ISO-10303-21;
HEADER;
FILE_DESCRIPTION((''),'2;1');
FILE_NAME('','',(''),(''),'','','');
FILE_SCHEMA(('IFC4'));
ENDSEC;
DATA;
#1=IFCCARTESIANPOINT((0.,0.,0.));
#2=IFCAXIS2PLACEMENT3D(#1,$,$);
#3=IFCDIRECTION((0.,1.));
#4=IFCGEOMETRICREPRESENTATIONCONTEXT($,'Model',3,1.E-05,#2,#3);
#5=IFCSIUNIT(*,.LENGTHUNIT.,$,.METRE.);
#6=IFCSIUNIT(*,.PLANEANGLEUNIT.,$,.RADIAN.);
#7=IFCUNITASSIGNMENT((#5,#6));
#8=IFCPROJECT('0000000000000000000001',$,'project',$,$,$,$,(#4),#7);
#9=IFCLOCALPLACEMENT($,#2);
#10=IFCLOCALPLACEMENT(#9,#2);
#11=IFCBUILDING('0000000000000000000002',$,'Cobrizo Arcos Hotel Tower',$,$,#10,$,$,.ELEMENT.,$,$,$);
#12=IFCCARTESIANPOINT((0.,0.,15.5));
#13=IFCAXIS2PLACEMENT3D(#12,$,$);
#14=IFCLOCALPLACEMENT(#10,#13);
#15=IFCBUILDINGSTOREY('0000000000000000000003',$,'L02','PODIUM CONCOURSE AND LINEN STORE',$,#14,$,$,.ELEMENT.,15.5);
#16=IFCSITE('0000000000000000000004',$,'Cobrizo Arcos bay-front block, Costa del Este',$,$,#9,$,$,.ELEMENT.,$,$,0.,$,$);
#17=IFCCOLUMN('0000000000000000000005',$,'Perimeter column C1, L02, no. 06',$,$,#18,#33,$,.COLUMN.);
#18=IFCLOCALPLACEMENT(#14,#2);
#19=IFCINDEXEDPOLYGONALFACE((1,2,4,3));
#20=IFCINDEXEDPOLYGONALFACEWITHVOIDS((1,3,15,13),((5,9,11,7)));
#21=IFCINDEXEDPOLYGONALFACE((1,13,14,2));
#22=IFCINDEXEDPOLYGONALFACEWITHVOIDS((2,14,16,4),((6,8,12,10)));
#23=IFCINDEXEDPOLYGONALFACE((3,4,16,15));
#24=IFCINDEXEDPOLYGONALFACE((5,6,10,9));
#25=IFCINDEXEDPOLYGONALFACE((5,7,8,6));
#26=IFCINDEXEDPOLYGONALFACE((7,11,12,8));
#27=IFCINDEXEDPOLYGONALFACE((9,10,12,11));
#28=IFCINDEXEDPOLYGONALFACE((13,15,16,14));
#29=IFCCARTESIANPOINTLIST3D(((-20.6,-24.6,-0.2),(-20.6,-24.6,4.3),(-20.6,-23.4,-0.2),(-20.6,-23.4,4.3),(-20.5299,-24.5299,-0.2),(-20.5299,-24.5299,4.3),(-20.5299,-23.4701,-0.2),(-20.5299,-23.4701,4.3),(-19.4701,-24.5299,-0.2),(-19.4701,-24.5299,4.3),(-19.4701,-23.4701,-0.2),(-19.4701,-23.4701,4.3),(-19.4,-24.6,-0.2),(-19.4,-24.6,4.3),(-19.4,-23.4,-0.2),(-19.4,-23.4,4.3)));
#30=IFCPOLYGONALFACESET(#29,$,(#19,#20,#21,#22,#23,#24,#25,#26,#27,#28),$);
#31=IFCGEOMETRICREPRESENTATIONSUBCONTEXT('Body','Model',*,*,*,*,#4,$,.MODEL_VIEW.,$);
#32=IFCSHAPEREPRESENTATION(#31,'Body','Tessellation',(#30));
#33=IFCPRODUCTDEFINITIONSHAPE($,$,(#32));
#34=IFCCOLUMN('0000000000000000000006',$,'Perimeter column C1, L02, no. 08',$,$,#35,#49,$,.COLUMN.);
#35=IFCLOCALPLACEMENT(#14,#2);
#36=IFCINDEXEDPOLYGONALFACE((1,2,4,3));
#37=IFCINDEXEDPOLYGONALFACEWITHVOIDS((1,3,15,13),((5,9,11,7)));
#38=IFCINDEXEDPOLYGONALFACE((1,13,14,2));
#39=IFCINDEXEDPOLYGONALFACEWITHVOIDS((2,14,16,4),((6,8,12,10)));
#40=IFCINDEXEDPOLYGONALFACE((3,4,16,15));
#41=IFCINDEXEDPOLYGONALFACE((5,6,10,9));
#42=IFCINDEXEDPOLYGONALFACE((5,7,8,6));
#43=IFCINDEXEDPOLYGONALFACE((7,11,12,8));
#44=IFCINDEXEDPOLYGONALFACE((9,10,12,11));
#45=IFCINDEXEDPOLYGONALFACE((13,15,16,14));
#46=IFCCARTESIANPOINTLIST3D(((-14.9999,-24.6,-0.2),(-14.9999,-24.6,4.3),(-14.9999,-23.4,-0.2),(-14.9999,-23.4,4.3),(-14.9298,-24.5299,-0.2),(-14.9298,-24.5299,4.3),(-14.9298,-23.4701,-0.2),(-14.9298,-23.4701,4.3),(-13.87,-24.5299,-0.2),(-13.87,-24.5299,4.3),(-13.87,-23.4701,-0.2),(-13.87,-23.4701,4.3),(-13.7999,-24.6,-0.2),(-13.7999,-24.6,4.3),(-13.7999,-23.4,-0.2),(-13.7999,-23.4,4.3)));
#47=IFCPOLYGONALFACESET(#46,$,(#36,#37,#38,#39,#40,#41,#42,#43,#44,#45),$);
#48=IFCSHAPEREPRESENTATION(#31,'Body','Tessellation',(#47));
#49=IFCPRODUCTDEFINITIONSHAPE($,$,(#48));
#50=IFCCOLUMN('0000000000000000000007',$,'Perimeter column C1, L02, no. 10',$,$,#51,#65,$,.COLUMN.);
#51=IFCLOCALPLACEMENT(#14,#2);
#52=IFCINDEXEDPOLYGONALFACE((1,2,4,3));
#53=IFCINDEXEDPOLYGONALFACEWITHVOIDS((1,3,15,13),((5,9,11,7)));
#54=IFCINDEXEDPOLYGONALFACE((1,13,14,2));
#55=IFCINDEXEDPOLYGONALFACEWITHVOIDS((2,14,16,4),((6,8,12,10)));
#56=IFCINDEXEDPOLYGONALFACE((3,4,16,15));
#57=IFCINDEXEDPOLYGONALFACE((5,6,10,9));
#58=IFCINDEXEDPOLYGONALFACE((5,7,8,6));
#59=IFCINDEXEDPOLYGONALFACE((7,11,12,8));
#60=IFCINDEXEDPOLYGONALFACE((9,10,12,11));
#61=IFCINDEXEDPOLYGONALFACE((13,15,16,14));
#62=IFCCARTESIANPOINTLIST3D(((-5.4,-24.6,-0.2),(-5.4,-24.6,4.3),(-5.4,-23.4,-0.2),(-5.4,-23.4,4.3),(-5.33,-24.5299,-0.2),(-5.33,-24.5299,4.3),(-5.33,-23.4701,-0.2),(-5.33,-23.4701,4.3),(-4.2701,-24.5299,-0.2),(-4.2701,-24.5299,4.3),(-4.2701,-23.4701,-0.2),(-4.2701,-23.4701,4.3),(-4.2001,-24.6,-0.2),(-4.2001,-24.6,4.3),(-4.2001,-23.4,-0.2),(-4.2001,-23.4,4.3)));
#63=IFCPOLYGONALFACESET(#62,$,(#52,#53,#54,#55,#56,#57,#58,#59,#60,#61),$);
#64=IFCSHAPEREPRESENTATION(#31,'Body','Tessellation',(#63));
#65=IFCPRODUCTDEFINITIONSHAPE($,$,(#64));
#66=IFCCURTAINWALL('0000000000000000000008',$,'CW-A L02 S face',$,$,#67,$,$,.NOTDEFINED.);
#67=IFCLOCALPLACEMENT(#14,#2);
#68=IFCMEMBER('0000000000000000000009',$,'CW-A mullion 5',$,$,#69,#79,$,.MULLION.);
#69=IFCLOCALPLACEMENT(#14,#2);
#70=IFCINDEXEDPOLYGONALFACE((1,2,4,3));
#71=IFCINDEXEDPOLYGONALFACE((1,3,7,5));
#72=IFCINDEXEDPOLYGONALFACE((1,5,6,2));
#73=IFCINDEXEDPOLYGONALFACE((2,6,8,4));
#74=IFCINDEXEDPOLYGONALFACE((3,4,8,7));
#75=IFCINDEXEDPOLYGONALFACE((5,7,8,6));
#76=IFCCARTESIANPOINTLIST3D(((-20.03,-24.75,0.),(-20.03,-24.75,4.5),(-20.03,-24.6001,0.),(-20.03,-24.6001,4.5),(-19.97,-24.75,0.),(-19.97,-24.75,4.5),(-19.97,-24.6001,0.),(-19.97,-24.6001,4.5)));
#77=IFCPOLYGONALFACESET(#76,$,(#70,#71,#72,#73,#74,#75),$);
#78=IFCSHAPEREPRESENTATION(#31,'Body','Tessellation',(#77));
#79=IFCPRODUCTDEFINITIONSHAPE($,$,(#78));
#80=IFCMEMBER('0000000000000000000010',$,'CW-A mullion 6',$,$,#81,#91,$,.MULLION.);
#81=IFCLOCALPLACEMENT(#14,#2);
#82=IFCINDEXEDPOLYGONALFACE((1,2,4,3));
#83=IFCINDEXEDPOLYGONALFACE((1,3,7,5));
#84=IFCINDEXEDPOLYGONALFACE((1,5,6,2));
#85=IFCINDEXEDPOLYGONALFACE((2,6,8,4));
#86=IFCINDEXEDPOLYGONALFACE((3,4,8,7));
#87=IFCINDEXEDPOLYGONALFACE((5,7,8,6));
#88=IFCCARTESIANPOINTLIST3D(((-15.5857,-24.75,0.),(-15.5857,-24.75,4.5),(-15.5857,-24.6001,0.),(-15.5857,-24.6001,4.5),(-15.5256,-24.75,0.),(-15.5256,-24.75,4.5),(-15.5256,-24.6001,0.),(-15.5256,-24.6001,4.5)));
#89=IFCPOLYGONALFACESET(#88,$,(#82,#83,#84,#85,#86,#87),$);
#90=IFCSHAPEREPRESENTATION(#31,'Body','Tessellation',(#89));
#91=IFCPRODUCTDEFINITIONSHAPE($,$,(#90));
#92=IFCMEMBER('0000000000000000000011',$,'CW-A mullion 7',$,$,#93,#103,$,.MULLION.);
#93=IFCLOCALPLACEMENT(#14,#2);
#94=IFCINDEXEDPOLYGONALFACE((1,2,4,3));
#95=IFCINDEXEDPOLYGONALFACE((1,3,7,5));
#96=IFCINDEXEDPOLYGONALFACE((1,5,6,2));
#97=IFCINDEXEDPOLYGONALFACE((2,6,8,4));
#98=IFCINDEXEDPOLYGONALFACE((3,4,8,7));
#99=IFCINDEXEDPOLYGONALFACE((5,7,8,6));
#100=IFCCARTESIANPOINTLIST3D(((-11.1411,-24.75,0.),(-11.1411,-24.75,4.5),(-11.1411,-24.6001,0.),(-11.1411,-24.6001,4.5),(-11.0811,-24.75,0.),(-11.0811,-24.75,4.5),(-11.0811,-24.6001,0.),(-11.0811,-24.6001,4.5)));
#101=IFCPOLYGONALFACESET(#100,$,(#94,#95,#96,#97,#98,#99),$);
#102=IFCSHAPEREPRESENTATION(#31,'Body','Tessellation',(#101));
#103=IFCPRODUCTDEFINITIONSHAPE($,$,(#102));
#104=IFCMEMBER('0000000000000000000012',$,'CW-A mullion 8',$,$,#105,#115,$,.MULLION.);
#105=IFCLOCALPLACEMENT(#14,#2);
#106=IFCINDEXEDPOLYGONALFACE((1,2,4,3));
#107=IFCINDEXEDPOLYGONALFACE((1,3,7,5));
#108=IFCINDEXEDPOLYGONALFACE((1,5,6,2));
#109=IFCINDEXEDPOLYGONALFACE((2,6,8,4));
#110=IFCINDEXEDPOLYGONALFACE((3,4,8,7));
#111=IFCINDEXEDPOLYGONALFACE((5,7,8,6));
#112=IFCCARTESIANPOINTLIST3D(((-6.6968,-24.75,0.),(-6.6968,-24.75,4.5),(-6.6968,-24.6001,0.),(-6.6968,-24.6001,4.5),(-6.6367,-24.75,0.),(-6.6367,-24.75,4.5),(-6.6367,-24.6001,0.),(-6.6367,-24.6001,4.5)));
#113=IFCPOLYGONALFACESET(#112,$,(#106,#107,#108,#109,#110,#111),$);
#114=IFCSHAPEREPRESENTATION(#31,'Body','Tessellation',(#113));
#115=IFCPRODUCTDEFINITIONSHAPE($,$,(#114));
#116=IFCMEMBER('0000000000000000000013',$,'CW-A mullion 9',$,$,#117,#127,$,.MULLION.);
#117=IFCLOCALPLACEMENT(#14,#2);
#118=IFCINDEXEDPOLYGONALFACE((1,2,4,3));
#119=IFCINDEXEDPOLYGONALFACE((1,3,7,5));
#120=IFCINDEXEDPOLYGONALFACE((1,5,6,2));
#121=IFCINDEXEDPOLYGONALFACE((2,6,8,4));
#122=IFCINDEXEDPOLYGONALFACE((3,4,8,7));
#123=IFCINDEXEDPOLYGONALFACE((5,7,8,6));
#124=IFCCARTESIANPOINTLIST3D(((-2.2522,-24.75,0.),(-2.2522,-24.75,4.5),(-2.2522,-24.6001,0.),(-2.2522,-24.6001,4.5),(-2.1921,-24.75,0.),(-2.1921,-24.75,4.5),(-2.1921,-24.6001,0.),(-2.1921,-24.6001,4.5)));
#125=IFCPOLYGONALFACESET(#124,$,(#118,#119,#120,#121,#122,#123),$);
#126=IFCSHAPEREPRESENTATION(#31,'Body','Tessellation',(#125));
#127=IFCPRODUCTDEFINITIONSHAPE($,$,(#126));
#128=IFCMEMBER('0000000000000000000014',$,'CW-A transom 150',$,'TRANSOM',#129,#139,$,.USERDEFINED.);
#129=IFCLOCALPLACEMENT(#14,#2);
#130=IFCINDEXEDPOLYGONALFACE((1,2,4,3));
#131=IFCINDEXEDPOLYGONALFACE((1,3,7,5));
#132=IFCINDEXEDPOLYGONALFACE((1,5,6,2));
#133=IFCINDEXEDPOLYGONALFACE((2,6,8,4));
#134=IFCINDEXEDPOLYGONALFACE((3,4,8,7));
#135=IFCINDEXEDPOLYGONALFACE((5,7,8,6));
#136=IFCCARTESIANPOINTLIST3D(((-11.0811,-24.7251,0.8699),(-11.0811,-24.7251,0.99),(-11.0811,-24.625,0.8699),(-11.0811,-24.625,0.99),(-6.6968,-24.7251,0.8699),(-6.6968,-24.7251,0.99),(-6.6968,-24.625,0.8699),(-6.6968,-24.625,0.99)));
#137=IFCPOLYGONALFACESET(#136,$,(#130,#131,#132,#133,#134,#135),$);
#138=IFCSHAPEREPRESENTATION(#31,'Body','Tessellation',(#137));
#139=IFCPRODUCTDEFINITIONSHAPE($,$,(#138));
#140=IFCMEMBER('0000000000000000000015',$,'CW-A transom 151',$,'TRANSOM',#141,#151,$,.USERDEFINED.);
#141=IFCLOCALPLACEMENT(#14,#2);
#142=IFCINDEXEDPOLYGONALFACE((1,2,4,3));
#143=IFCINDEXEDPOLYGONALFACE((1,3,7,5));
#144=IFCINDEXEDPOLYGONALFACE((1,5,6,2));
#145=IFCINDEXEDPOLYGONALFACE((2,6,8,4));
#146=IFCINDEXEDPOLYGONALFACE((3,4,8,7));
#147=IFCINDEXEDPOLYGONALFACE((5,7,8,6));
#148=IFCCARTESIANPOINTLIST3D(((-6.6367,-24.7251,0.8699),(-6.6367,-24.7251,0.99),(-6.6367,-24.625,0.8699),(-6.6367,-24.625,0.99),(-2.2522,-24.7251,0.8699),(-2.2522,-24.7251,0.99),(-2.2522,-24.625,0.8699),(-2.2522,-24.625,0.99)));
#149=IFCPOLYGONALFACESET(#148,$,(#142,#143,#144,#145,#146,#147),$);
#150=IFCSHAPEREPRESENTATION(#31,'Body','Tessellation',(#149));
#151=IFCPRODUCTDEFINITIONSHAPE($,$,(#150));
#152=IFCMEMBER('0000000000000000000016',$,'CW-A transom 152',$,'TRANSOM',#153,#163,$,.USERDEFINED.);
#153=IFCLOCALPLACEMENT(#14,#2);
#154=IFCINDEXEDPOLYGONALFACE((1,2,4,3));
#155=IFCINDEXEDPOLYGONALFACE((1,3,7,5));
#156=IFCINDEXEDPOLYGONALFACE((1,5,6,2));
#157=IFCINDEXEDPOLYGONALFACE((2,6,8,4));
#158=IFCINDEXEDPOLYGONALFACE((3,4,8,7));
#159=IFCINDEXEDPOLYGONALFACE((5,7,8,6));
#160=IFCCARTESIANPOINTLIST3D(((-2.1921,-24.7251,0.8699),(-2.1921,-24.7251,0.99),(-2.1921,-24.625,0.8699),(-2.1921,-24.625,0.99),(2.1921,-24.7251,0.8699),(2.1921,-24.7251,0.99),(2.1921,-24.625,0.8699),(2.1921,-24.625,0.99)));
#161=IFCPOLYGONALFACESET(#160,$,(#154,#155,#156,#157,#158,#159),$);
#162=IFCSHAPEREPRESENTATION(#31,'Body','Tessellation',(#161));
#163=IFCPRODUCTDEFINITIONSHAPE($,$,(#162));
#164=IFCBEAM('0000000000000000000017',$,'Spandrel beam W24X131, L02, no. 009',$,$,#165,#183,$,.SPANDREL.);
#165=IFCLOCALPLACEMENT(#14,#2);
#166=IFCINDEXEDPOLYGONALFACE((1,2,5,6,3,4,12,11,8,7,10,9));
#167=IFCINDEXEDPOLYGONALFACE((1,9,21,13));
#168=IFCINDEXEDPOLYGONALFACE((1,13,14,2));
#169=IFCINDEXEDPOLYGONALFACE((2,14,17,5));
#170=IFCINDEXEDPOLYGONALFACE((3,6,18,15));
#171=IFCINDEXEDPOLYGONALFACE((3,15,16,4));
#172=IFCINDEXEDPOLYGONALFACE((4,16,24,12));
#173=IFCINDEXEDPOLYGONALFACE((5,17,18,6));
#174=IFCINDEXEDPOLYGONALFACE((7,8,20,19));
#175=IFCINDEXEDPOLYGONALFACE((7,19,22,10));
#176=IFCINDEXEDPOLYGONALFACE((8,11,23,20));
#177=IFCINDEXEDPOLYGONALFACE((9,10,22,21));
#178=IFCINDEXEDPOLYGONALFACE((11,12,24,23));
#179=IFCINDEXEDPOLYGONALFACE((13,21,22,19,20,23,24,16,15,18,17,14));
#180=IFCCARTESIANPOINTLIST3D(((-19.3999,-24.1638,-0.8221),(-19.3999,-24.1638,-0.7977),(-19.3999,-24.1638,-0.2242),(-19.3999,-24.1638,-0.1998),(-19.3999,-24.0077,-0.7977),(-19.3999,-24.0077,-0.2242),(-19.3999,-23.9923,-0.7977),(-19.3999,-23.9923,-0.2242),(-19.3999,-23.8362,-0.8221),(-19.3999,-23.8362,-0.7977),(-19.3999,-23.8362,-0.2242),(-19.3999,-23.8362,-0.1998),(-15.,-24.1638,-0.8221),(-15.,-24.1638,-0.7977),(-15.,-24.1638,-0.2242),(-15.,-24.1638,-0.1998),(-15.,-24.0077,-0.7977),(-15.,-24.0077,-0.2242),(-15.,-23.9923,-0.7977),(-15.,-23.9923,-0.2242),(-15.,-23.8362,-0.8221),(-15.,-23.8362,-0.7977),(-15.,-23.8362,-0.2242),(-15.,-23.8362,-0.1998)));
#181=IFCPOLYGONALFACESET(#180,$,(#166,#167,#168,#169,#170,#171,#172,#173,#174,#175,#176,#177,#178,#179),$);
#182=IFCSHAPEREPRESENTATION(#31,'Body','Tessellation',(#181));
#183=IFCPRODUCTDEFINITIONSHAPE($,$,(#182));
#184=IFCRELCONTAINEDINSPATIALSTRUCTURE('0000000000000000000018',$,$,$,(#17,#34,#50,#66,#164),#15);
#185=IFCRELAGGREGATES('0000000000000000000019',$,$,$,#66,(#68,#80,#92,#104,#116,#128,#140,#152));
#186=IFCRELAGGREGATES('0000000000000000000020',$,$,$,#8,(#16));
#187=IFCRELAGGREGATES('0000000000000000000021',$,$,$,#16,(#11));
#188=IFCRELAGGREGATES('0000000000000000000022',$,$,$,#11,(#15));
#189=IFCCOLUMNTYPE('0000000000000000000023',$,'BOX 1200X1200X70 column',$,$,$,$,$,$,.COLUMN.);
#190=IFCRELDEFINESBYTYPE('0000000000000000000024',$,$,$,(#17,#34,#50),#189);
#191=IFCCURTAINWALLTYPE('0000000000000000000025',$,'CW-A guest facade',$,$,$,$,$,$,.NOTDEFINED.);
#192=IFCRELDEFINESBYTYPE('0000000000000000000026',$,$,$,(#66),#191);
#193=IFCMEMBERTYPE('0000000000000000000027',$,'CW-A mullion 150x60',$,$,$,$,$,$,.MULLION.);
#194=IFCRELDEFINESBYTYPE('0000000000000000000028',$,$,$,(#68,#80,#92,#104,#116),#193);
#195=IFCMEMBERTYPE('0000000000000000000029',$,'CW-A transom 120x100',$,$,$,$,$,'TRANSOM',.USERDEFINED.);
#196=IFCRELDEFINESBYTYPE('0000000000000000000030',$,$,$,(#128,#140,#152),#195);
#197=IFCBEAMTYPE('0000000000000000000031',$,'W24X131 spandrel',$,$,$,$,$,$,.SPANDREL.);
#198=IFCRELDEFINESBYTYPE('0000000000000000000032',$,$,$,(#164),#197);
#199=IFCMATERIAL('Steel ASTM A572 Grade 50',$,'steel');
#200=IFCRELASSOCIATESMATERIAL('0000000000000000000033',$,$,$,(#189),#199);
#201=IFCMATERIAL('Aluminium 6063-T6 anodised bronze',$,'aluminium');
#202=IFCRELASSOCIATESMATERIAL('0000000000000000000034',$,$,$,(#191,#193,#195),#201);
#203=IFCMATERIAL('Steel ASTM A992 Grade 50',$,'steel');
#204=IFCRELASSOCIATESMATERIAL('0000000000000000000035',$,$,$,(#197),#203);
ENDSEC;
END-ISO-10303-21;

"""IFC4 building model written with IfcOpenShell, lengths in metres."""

from ifc_helpers import new_model, si_unit, direction, frame, origin, origin_2d, place, context, subcontext, project, spatial, rectangle, hollow_rectangle, i_section, extrude, material, material_profile, profile_set, type_object, element, aggregate, save


model = new_model("IFC4")

# Units and contexts
model_context = context("Model", 3, precision=1e-05, world=origin(), true_north=direction((0.0, 1.0)))
body_context = subcontext(model_context, "Body", "Model", "MODEL_VIEW")
ifc_project = project(units=[si_unit("LENGTHUNIT", "METRE"), si_unit("PLANEANGLEUNIT", "RADIAN")], contexts=[model_context])

# Site, building, storey
site_placement = place(None, origin())
site = spatial("IfcSite", under=ifc_project, at=site_placement, Name="Cobrizo Arcos bay-front block, Costa del Este", CompositionType="ELEMENT", RefElevation=0.0)
building_placement = place(site_placement, origin())
building = spatial("IfcBuilding", under=site, at=building_placement, Name="Cobrizo Arcos Hotel Tower", CompositionType="ELEMENT")
storey_placement = place(building_placement, frame((0.0, 0.0, 15.5)))
storey = spatial("IfcBuildingStorey", under=building, at=storey_placement, Name="L02", Description="PODIUM CONCOURSE AND LINEN STORE", CompositionType="ELEMENT", Elevation=15.5)

# Columns
ifc_material_1 = material(Name="Steel ASTM A572 Grade 50", Category="steel")
ifc_material_profile_1 = material_profile(ifc_material_1, hollow_rectangle(XDim=1.2, YDim=1.2, WallThickness=0.0701, at=origin_2d()), Name="BOX 1200X1200X70")
ifc_profile_set_1 = profile_set([ifc_material_profile_1], Name="Steel ASTM A572 Grade 50")
column_type = type_object("IfcColumnType", Name="BOX 1200X1200X70 column", PredefinedType="COLUMN", material=ifc_profile_set_1)
for number, where, z_axis, x_axis, name in (
    (1, (-20.0, -24.0, -0.2), (0.0, 0.0, 1.0), (1.0, 0.0, 0.0), "Perimeter column C1, L02, no. 06"),
    (2, (-14.3999, -24.0, -0.2), (0.0, 0.0, 1.0), (1.0, 0.0, 0.0), "Perimeter column C1, L02, no. 08"),
    (3, (-4.8, -24.0, -0.2), (0.0, 0.0, 1.0), (1.0, 0.0, 0.0), "Perimeter column C1, L02, no. 10"),
):
    element("IfcColumn", number, at=place(storey_placement, frame(where, z_axis=z_axis, x_axis=x_axis)), inside=storey, type_object=column_type, Name=name, PredefinedType="COLUMN", context=body_context, shape_type="SweptSolid", body=[
        extrude(hollow_rectangle(XDim=1.2, YDim=1.2, WallThickness=0.0701, at=origin_2d()), origin(), (0.0, 0.0, 1.0), 4.5),
    ])

# Curtain wall, members
ifc_material_2 = material(Name="Aluminium 6063-T6 anodised bronze", Category="aluminium")
curtain_wall_type = type_object("IfcCurtainWallType", Name="CW-A guest facade", PredefinedType="NOTDEFINED", material=ifc_material_2)
curtain_wall_placement = place(storey_placement, origin())
curtain_wall = element("IfcCurtainWall", 4, at=curtain_wall_placement, inside=storey, type_object=curtain_wall_type, Name="CW-A L02 S face", PredefinedType="NOTDEFINED")
ifc_material_profile_2 = material_profile(ifc_material_2, rectangle(XDim=0.1499, YDim=0.0601, at=origin_2d()), Name="CW-A mullion 150x60")
ifc_profile_set_2 = profile_set([ifc_material_profile_2], Name="Aluminium 6063-T6 anodised bronze")
member_type_1 = type_object("IfcMemberType", Name="CW-A mullion 150x60", PredefinedType="MULLION", material=ifc_profile_set_2)
member_1_placement = place(storey_placement, frame((-20.0, -24.675, 0.0), z_axis=(0.0, 0.0, 1.0), x_axis=(0.0, -1.0, 0.0)))
member_1 = element("IfcMember", 5, at=member_1_placement, type_object=member_type_1, Name="CW-A mullion 5", PredefinedType="MULLION", context=body_context, shape_type="SweptSolid", body=[
    extrude(rectangle(XDim=0.1499, YDim=0.0601, at=origin_2d()), origin(), (0.0, 0.0, 1.0), 4.5),
])
member_2_placement = place(storey_placement, frame((-15.5557, -24.675, 0.0), z_axis=(0.0, 0.0, 1.0), x_axis=(0.0, -1.0, 0.0)))
member_2 = element("IfcMember", 6, at=member_2_placement, type_object=member_type_1, Name="CW-A mullion 6", PredefinedType="MULLION", context=body_context, shape_type="SweptSolid", body=[
    extrude(rectangle(XDim=0.1499, YDim=0.0601, at=origin_2d()), origin(), (0.0, 0.0, 1.0), 4.5),
])
member_3_placement = place(storey_placement, frame((-11.1111, -24.675, 0.0), z_axis=(0.0, 0.0, 1.0), x_axis=(0.0, -1.0, 0.0)))
member_3 = element("IfcMember", 7, at=member_3_placement, type_object=member_type_1, Name="CW-A mullion 7", PredefinedType="MULLION", context=body_context, shape_type="SweptSolid", body=[
    extrude(rectangle(XDim=0.1499, YDim=0.0601, at=origin_2d()), origin(), (0.0, 0.0, 1.0), 4.5),
])
member_4_placement = place(storey_placement, frame((-6.6667, -24.675, 0.0), z_axis=(0.0, 0.0, 1.0), x_axis=(0.0, -1.0, 0.0)))
member_4 = element("IfcMember", 8, at=member_4_placement, type_object=member_type_1, Name="CW-A mullion 8", PredefinedType="MULLION", context=body_context, shape_type="SweptSolid", body=[
    extrude(rectangle(XDim=0.1499, YDim=0.0601, at=origin_2d()), origin(), (0.0, 0.0, 1.0), 4.5),
])
member_5_placement = place(storey_placement, frame((-2.2222, -24.675, 0.0), z_axis=(0.0, 0.0, 1.0), x_axis=(0.0, -1.0, 0.0)))
member_5 = element("IfcMember", 9, at=member_5_placement, type_object=member_type_1, Name="CW-A mullion 9", PredefinedType="MULLION", context=body_context, shape_type="SweptSolid", body=[
    extrude(rectangle(XDim=0.1499, YDim=0.0601, at=origin_2d()), origin(), (0.0, 0.0, 1.0), 4.5),
])
ifc_material_profile_3 = material_profile(ifc_material_2, rectangle(XDim=0.1001, YDim=0.1201, at=origin_2d()), Name="CW-A transom 120x100")
ifc_profile_set_3 = profile_set([ifc_material_profile_3], Name="Aluminium 6063-T6 anodised bronze")
member_type_2 = type_object("IfcMemberType", Name="CW-A transom 120x100", ElementType="TRANSOM", PredefinedType="USERDEFINED", material=ifc_profile_set_3)
member_6_placement = place(storey_placement, frame((-11.0811, -24.675, 0.9299), z_axis=(1.0, 0.0, 0.0), x_axis=(0.0, 1.0, 0.0)))
member_6 = element("IfcMember", 10, at=member_6_placement, type_object=member_type_2, Name="CW-A transom 150", ObjectType="TRANSOM", PredefinedType="USERDEFINED", context=body_context, shape_type="SweptSolid", body=[
    extrude(rectangle(XDim=0.1001, YDim=0.1201, at=origin_2d()), origin(), (0.0, 0.0, 1.0), 4.3843),
])
member_7_placement = place(storey_placement, frame((-6.6367, -24.675, 0.9299), z_axis=(1.0, 0.0, 0.0), x_axis=(0.0, 1.0, 0.0)))
member_7 = element("IfcMember", 11, at=member_7_placement, type_object=member_type_2, Name="CW-A transom 151", ObjectType="TRANSOM", PredefinedType="USERDEFINED", context=body_context, shape_type="SweptSolid", body=[
    extrude(rectangle(XDim=0.1001, YDim=0.1201, at=origin_2d()), origin(), (0.0, 0.0, 1.0), 4.3845),
])
member_8_placement = place(storey_placement, frame((-2.1921, -24.675, 0.9299), z_axis=(1.0, 0.0, 0.0), x_axis=(0.0, 1.0, 0.0)))
member_8 = element("IfcMember", 12, at=member_8_placement, type_object=member_type_2, Name="CW-A transom 152", ObjectType="TRANSOM", PredefinedType="USERDEFINED", context=body_context, shape_type="SweptSolid", body=[
    extrude(rectangle(XDim=0.1001, YDim=0.1201, at=origin_2d()), origin(), (0.0, 0.0, 1.0), 4.3843),
])

# Beam
ifc_material_3 = material(Name="Steel ASTM A992 Grade 50", Category="steel")
ifc_material_profile_4 = material_profile(ifc_material_3, i_section(OverallWidth=0.3276, OverallDepth=0.6223, WebThickness=0.0154, FlangeThickness=0.0244, at=origin_2d()), Name="W24X131")
ifc_profile_set_4 = profile_set([ifc_material_profile_4], Name="Steel ASTM A992 Grade 50")
beam_type_1 = type_object("IfcBeamType", Name="W24X131 spandrel", PredefinedType="SPANDREL", material=ifc_profile_set_4)
beam_1_placement = place(storey_placement, frame((-19.3999, -24.0, -0.511), z_axis=(1.0, 0.0, 0.0), x_axis=(0.0, 1.0, 0.0)))
element("IfcBeam", 13, at=beam_1_placement, inside=storey, type_object=beam_type_1, Name="Spandrel beam W24X131, L02, no. 009", PredefinedType="SPANDREL", context=body_context, shape_type="SweptSolid", body=[
    extrude(i_section(OverallWidth=0.3276, OverallDepth=0.6223, WebThickness=0.0154, FlangeThickness=0.0244, at=origin_2d()), origin(), (0.0, 0.0, 1.0), 4.3999),
])

aggregate(curtain_wall, [member_1, member_2, member_3, member_4, member_5, member_6, member_7, member_8])

save(model, "model.ifc")
